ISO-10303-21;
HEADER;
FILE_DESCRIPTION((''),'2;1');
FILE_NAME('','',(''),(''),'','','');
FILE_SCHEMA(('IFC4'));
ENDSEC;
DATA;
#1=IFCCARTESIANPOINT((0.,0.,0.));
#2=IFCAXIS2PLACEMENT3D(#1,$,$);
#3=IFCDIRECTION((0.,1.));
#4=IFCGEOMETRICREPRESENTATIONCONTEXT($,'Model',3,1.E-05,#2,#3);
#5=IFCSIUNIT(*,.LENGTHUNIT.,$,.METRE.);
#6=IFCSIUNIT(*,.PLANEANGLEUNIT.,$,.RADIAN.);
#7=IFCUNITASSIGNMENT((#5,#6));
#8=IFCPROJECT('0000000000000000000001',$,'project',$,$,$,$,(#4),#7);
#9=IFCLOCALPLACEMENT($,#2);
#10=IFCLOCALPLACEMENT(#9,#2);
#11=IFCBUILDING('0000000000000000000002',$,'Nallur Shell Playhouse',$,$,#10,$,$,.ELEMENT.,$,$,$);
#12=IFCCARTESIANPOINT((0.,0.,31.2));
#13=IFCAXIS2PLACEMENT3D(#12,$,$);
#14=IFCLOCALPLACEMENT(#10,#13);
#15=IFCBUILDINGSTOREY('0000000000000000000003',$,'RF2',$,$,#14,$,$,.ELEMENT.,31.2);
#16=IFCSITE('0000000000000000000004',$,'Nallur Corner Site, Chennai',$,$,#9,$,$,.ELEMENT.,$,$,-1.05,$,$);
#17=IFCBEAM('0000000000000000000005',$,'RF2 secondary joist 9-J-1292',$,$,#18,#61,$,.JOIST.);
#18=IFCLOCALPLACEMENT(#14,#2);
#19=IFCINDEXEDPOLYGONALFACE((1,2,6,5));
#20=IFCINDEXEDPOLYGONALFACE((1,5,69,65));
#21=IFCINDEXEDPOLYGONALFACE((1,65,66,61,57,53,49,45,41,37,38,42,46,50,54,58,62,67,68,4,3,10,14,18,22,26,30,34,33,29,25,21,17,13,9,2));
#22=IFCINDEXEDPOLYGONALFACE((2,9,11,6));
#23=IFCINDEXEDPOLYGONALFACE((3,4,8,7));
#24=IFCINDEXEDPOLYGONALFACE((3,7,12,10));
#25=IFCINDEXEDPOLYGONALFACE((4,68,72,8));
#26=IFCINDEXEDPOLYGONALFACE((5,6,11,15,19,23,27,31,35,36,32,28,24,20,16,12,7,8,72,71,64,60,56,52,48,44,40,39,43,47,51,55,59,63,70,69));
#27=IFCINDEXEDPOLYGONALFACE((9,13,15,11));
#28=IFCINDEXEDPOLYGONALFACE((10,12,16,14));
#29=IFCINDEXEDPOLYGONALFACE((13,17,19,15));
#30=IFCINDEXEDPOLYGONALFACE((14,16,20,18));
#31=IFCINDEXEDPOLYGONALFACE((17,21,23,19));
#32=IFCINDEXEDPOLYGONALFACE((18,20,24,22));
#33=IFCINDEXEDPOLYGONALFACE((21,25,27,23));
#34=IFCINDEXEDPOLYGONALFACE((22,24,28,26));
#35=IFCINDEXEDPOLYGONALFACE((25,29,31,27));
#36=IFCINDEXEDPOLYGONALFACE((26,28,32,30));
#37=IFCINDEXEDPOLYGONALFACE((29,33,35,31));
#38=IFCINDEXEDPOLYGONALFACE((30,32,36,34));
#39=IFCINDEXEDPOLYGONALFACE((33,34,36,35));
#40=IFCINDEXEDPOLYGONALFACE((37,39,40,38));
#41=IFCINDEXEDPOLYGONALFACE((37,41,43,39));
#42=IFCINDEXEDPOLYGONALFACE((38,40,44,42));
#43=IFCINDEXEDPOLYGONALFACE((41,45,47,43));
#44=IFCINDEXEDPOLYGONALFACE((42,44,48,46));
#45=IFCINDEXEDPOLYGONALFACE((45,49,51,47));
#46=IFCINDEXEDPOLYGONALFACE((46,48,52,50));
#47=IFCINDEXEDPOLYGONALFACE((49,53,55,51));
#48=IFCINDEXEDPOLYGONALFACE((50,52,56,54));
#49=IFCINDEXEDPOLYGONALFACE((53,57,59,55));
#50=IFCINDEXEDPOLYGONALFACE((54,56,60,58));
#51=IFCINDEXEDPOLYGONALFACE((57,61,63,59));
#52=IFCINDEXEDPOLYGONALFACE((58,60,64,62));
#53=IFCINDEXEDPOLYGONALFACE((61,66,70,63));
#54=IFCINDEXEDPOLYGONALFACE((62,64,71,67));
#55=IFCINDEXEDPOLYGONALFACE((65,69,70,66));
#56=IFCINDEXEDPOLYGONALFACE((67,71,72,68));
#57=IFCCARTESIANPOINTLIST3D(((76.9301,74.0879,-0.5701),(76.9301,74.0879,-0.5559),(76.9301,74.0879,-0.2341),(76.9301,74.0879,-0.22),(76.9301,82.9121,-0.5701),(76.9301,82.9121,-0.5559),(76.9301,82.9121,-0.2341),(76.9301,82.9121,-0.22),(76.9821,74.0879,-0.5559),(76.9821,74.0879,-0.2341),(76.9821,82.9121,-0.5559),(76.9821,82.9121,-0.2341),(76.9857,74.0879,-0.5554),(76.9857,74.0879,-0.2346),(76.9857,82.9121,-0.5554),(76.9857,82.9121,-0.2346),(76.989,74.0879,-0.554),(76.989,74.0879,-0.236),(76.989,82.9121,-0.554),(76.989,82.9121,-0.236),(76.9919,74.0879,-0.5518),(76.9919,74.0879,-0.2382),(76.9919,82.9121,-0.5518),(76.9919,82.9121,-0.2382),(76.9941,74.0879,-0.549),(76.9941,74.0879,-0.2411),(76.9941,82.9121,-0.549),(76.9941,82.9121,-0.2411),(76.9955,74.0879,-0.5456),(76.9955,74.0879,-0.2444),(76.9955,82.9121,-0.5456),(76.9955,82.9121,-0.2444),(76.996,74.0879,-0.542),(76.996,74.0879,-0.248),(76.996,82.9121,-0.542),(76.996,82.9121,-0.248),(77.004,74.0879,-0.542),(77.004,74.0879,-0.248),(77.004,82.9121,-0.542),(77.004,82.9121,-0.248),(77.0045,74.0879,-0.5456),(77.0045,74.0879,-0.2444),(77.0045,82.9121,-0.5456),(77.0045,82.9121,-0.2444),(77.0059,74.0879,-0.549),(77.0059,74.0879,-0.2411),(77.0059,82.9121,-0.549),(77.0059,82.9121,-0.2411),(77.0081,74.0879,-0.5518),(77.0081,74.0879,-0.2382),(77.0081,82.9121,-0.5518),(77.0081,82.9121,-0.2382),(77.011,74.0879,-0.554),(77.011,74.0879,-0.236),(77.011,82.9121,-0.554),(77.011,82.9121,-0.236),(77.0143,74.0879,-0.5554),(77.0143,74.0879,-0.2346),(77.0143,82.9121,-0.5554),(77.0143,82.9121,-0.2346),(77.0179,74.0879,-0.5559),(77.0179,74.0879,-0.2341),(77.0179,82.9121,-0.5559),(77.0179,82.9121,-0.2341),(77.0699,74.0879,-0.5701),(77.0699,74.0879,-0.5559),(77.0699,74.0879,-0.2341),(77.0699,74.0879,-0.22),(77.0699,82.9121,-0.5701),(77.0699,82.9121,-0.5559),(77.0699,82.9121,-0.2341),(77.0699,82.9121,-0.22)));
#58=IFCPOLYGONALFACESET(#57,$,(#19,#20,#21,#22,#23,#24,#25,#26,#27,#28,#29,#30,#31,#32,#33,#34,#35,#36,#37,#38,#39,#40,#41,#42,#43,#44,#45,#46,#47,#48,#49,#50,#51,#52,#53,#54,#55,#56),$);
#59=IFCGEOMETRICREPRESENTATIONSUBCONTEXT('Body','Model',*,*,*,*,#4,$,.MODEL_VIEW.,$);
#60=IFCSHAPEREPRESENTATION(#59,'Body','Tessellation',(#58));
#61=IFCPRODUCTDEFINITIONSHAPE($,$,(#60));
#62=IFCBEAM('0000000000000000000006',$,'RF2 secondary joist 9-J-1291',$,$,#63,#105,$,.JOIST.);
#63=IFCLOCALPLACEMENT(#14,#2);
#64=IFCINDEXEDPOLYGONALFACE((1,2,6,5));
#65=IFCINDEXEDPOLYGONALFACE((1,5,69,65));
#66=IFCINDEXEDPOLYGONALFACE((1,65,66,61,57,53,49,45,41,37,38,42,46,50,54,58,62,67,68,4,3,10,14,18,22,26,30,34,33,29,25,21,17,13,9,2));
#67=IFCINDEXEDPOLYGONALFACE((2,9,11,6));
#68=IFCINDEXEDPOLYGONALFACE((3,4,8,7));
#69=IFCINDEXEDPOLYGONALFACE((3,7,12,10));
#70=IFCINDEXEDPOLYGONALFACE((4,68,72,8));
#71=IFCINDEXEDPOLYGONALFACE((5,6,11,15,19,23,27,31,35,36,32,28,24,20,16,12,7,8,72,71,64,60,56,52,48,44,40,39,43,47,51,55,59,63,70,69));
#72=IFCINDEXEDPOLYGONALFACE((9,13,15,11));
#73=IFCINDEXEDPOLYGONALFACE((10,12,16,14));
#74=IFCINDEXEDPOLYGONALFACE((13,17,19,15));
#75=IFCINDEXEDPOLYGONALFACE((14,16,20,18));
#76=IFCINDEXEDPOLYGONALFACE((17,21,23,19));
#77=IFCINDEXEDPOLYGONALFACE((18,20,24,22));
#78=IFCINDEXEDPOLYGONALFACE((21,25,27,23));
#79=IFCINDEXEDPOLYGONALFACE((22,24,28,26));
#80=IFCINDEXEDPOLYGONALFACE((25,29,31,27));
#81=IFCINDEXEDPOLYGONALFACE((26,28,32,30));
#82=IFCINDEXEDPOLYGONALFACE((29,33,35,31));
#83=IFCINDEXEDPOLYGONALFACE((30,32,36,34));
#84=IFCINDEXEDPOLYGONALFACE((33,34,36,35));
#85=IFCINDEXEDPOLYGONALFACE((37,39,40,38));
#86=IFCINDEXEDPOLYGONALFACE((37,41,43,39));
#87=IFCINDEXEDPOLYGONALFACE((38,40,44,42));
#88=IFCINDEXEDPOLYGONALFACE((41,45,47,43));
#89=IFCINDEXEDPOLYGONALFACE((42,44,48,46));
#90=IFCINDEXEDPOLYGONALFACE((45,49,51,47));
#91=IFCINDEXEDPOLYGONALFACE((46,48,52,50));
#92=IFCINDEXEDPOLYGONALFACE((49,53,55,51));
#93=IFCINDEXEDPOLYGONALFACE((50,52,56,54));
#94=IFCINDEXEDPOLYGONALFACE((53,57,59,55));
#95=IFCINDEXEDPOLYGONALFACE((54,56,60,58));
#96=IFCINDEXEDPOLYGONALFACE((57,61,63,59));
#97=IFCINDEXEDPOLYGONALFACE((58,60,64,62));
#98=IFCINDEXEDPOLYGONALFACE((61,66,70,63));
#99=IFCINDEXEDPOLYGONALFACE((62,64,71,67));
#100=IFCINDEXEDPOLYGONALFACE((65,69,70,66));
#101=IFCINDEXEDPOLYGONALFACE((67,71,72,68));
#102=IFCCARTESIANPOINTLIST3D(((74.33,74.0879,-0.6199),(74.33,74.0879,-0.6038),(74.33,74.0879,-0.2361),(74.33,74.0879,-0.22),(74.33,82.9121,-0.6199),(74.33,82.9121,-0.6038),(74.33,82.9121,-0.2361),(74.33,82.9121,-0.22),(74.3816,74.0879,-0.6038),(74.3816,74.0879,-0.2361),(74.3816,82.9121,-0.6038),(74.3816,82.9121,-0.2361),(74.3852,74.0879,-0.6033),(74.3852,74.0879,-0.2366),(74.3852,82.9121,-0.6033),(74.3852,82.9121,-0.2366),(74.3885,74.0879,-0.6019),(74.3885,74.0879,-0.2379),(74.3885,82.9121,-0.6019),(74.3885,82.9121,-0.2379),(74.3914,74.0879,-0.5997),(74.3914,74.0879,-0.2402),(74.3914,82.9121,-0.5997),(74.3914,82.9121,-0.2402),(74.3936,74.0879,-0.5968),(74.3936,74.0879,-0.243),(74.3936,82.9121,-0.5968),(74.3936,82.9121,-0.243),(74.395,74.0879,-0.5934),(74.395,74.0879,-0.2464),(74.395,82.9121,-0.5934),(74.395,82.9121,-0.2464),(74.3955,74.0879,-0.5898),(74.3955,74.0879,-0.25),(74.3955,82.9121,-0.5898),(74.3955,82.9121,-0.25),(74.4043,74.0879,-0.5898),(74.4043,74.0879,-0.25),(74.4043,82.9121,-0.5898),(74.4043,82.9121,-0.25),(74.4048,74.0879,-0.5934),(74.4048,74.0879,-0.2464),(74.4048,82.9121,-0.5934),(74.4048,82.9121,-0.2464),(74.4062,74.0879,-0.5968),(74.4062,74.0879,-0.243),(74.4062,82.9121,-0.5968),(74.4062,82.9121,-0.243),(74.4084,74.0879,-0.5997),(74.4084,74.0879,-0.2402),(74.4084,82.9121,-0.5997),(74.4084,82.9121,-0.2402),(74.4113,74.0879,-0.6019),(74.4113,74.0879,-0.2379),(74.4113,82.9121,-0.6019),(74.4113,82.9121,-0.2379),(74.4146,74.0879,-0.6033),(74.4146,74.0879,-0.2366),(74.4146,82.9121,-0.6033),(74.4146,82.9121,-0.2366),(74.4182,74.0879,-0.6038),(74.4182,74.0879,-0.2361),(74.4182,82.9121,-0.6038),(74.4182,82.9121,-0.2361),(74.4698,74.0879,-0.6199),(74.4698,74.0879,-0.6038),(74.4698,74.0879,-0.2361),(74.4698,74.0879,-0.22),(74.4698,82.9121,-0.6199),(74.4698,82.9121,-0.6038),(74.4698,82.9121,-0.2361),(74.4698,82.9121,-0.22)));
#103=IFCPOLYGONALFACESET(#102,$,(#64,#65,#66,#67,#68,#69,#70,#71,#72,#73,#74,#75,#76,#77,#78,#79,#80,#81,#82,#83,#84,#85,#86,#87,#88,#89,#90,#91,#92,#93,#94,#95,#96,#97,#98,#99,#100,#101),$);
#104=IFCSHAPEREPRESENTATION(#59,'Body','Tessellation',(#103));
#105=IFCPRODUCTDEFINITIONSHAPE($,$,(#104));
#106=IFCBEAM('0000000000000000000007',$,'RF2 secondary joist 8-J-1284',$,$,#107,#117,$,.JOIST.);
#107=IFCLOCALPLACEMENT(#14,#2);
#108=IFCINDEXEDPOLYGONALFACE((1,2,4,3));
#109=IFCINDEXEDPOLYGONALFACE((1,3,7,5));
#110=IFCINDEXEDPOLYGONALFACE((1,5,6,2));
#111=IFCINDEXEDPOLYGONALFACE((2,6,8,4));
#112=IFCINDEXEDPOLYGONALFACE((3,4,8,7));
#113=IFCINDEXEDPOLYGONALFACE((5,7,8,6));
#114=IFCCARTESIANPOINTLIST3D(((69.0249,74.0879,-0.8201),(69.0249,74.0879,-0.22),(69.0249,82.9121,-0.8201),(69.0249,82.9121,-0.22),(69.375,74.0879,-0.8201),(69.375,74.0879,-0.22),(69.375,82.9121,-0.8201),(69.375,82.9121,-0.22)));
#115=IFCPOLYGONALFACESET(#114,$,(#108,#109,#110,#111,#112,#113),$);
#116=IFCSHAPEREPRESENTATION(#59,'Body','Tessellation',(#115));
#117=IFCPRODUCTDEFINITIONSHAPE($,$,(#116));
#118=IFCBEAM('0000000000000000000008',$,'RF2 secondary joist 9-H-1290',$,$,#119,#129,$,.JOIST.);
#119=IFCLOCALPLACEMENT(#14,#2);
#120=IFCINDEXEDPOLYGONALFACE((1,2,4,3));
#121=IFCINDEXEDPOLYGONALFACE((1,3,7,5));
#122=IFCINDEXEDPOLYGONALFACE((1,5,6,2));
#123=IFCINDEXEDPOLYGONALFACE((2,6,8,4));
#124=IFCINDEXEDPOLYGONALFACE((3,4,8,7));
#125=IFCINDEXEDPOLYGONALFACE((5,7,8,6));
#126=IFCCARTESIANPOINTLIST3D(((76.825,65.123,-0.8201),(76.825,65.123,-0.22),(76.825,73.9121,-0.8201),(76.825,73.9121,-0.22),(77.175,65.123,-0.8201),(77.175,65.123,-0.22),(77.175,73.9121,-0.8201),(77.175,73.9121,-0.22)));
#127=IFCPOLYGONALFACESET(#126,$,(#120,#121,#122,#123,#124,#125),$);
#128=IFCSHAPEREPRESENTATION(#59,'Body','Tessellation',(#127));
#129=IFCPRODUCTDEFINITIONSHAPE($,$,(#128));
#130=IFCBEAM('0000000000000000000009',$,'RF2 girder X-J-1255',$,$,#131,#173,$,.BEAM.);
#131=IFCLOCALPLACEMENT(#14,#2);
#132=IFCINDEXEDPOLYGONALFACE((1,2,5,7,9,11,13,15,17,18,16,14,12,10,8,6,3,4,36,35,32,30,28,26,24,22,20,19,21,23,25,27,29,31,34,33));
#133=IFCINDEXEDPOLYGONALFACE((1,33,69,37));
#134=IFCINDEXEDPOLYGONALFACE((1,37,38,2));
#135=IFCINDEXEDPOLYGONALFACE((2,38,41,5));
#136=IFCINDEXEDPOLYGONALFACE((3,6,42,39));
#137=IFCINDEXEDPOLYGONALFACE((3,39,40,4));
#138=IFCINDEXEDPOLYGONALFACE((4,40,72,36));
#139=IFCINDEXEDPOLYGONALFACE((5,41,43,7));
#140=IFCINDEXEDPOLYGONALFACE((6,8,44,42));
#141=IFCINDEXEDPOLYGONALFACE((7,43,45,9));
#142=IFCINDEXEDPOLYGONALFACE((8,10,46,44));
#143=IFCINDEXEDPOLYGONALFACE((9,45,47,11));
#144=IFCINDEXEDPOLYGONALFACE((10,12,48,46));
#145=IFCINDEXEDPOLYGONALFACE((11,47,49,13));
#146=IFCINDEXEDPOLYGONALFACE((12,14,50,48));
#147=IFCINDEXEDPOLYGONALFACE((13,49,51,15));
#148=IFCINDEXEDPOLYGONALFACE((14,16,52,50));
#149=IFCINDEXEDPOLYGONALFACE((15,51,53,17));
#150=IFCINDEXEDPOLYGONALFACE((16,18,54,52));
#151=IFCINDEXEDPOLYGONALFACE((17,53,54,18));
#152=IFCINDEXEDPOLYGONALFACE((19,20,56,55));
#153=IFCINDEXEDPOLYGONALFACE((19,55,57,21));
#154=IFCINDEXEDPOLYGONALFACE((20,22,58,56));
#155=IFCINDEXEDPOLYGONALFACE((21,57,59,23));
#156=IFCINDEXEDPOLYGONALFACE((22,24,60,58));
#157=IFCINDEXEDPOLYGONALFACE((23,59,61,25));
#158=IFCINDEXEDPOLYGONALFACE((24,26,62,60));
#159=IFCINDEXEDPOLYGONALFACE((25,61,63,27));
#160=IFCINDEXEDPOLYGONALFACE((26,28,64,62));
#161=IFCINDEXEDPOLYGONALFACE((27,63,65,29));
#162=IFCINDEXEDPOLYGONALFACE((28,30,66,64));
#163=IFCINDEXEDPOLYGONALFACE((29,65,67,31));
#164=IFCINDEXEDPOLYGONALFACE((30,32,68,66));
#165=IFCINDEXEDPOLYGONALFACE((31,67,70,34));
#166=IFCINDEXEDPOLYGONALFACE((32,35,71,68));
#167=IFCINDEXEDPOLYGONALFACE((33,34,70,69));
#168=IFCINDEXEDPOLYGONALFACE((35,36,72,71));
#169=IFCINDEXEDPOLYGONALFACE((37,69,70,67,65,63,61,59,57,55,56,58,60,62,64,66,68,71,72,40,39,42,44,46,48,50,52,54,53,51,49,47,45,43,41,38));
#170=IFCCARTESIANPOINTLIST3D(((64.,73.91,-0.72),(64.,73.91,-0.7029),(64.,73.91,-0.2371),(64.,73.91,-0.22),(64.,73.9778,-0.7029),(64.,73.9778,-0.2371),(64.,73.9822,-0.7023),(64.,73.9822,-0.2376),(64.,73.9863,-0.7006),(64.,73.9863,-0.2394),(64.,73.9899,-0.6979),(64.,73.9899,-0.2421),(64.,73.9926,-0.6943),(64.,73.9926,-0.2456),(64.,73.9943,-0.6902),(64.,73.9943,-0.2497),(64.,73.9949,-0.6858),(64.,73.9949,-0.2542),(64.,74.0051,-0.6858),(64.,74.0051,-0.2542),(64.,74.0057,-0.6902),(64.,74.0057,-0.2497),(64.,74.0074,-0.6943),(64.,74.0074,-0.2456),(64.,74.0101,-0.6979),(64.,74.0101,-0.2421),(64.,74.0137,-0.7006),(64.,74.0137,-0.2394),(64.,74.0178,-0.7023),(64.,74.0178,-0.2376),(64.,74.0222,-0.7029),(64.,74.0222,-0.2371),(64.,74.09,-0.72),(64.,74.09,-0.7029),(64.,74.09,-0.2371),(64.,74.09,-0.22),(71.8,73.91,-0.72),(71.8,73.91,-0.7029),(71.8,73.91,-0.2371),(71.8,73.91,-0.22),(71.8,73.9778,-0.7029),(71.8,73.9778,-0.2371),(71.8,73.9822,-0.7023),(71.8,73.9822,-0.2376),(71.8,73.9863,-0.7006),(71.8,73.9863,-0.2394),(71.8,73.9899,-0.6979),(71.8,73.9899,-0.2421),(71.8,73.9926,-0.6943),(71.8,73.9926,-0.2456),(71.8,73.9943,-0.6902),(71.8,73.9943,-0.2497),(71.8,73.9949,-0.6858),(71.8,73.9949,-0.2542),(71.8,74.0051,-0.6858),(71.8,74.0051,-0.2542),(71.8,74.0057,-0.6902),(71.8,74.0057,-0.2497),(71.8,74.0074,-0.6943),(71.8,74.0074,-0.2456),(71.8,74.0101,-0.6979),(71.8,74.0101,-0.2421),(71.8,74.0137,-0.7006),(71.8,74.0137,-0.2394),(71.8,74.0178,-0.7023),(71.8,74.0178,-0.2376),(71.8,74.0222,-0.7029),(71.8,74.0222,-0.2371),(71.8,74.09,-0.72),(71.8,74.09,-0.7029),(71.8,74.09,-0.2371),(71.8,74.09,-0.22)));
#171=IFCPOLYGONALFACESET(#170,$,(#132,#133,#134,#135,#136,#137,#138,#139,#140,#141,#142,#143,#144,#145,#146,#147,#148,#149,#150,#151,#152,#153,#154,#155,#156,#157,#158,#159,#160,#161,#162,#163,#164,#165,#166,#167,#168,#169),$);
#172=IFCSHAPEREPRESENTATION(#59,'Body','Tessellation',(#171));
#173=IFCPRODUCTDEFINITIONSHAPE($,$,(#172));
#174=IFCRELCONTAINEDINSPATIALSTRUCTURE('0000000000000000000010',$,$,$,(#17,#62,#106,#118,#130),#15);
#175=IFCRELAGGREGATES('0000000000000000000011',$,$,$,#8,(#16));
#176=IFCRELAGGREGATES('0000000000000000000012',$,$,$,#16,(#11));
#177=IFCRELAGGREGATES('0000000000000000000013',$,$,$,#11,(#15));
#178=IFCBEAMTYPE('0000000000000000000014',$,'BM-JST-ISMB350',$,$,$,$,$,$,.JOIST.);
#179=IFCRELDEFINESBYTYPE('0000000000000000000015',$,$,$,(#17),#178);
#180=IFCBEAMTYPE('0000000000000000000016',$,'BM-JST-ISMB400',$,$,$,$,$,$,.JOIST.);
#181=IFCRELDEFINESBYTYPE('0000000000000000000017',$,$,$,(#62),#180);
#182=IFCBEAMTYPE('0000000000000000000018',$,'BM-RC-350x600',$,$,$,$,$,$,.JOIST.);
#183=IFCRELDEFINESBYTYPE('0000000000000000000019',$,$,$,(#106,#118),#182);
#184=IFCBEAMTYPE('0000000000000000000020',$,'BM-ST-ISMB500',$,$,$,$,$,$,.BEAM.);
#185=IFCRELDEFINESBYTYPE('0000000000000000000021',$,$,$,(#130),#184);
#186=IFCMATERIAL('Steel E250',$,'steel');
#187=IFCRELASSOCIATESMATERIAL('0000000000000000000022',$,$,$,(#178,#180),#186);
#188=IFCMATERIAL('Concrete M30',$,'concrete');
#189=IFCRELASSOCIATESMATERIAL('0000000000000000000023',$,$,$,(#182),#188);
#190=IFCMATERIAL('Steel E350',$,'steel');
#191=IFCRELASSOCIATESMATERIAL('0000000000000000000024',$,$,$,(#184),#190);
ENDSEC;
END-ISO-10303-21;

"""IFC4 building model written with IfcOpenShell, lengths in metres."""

from ifc_helpers import new_model, si_unit, direction, frame, origin, origin_2d, place, context, subcontext, project, spatial, rectangle, i_section, extrude, material, material_profile, profile_set, type_object, element, save


model = new_model("IFC4")

# Units and contexts
model_context = context("Model", 3, precision=1e-05, world=origin(), true_north=direction((0.0, 1.0)))
body_context = subcontext(model_context, "Body", "Model", "MODEL_VIEW")
ifc_project = project(units=[si_unit("LENGTHUNIT", "METRE"), si_unit("PLANEANGLEUNIT", "RADIAN")], contexts=[model_context])

# Site, building, storey
site_placement = place(None, origin())
site = spatial("IfcSite", under=ifc_project, at=site_placement, Name="Nallur Corner Site, Chennai", CompositionType="ELEMENT", RefElevation=-1.05)
building_placement = place(site_placement, origin())
building = spatial("IfcBuilding", under=site, at=building_placement, Name="Nallur Shell Playhouse", CompositionType="ELEMENT")
storey_placement = place(building_placement, frame((0.0, 0.0, 31.2)))
storey = spatial("IfcBuildingStorey", under=building, at=storey_placement, Name="RF2", CompositionType="ELEMENT", Elevation=31.2)

# Beams
ifc_material_1 = material(Name="Steel E250", Category="steel")
ifc_material_profile_1 = material_profile(ifc_material_1, i_section(OverallWidth=0.1399, OverallDepth=0.3501, WebThickness=0.0081, FlangeThickness=0.0142, FilletRadius=0.0139, at=origin_2d()), Name="ISMB 350")
ifc_profile_set_1 = profile_set([ifc_material_profile_1], Name="Steel E250")
beam_type_1 = type_object("IfcBeamType", Name="BM-JST-ISMB350", PredefinedType="JOIST", material=ifc_profile_set_1)
beam_1_placement = place(storey_placement, frame((77.0, 74.0879, -0.395), z_axis=(0.0, 1.0, 0.0), x_axis=(-1.0, 0.0, 0.0)))
element("IfcBeam", 1, at=beam_1_placement, inside=storey, type_object=beam_type_1, Name="RF2 secondary joist 9-J-1292", PredefinedType="JOIST", context=body_context, shape_type="SweptSolid", body=[
    extrude(i_section(OverallWidth=0.1399, OverallDepth=0.3501, WebThickness=0.0081, FlangeThickness=0.0142, FilletRadius=0.0139, at=origin_2d()), origin(), (0.0, 0.0, 1.0), 8.8242),
])
ifc_material_profile_2 = material_profile(ifc_material_1, i_section(OverallWidth=0.1399, OverallDepth=0.3999, WebThickness=0.0088, FlangeThickness=0.0161, FilletRadius=0.0139, at=origin_2d()), Name="ISMB 400")
ifc_profile_set_2 = profile_set([ifc_material_profile_2], Name="Steel E250")
beam_type_2 = type_object("IfcBeamType", Name="BM-JST-ISMB400", PredefinedType="JOIST", material=ifc_profile_set_2)
beam_2_placement = place(storey_placement, frame((74.3999, 74.0879, -0.4199), z_axis=(0.0, 1.0, 0.0), x_axis=(-1.0, 0.0, 0.0)))
element("IfcBeam", 2, at=beam_2_placement, inside=storey, type_object=beam_type_2, Name="RF2 secondary joist 9-J-1291", PredefinedType="JOIST", context=body_context, shape_type="SweptSolid", body=[
    extrude(i_section(OverallWidth=0.1399, OverallDepth=0.3999, WebThickness=0.0088, FlangeThickness=0.0161, FilletRadius=0.0139, at=origin_2d()), origin(), (0.0, 0.0, 1.0), 8.8242),
])
ifc_material_2 = material(Name="Concrete M30", Category="concrete")
ifc_material_profile_3 = material_profile(ifc_material_2, rectangle(XDim=0.3501, YDim=0.6001, at=origin_2d()), Name="RC 350x600")
ifc_profile_set_3 = profile_set([ifc_material_profile_3], Name="Concrete M30")
beam_type_3 = type_object("IfcBeamType", Name="BM-RC-350x600", PredefinedType="JOIST", material=ifc_profile_set_3)
beam_3_placement = place(storey_placement, frame((69.2, 74.0879, -0.52), z_axis=(0.0, 1.0, 0.0), x_axis=(-1.0, 0.0, 0.0)))
element("IfcBeam", 3, at=beam_3_placement, inside=storey, type_object=beam_type_3, Name="RF2 secondary joist 8-J-1284", PredefinedType="JOIST", context=body_context, shape_type="SweptSolid", body=[
    extrude(rectangle(XDim=0.3501, YDim=0.6001, at=origin_2d()), origin(), (0.0, 0.0, 1.0), 8.8242),
])
beam_4_placement = place(storey_placement, frame((77.0, 65.123, -0.52), z_axis=(0.0, 1.0, 0.0), x_axis=(-1.0, 0.0, 0.0)))
element("IfcBeam", 4, at=beam_4_placement, inside=storey, type_object=beam_type_3, Name="RF2 secondary joist 9-H-1290", PredefinedType="JOIST", context=body_context, shape_type="SweptSolid", body=[
    extrude(rectangle(XDim=0.3501, YDim=0.6001, at=origin_2d()), origin(), (0.0, 0.0, 1.0), 8.7891),
])
ifc_material_3 = material(Name="Steel E350", Category="steel")
ifc_material_profile_4 = material_profile(ifc_material_3, i_section(OverallWidth=0.1799, OverallDepth=0.5, WebThickness=0.0103, FlangeThickness=0.0171, FilletRadius=0.0171, at=origin_2d()), Name="ISMB 500")
ifc_profile_set_4 = profile_set([ifc_material_profile_4], Name="Steel E350")
beam_type_4 = type_object("IfcBeamType", Name="BM-ST-ISMB500", PredefinedType="BEAM", material=ifc_profile_set_4)
for number, where, z_axis, x_axis, name in (
    (5, (64.0, 74.0, -0.47), (1.0, 0.0, 0.0), (0.0, 1.0, 0.0), "RF2 girder X-J-1255"),
):
    element("IfcBeam", number, at=place(storey_placement, frame(where, z_axis=z_axis, x_axis=x_axis)), inside=storey, type_object=beam_type_4, Name=name, PredefinedType="BEAM", context=body_context, shape_type="SweptSolid", body=[
        extrude(i_section(OverallWidth=0.1799, OverallDepth=0.5, WebThickness=0.0103, FlangeThickness=0.0171, FilletRadius=0.0171, at=origin_2d()), origin(), (0.0, 0.0, 1.0), 7.8),
    ])

save(model, "model.ifc")
